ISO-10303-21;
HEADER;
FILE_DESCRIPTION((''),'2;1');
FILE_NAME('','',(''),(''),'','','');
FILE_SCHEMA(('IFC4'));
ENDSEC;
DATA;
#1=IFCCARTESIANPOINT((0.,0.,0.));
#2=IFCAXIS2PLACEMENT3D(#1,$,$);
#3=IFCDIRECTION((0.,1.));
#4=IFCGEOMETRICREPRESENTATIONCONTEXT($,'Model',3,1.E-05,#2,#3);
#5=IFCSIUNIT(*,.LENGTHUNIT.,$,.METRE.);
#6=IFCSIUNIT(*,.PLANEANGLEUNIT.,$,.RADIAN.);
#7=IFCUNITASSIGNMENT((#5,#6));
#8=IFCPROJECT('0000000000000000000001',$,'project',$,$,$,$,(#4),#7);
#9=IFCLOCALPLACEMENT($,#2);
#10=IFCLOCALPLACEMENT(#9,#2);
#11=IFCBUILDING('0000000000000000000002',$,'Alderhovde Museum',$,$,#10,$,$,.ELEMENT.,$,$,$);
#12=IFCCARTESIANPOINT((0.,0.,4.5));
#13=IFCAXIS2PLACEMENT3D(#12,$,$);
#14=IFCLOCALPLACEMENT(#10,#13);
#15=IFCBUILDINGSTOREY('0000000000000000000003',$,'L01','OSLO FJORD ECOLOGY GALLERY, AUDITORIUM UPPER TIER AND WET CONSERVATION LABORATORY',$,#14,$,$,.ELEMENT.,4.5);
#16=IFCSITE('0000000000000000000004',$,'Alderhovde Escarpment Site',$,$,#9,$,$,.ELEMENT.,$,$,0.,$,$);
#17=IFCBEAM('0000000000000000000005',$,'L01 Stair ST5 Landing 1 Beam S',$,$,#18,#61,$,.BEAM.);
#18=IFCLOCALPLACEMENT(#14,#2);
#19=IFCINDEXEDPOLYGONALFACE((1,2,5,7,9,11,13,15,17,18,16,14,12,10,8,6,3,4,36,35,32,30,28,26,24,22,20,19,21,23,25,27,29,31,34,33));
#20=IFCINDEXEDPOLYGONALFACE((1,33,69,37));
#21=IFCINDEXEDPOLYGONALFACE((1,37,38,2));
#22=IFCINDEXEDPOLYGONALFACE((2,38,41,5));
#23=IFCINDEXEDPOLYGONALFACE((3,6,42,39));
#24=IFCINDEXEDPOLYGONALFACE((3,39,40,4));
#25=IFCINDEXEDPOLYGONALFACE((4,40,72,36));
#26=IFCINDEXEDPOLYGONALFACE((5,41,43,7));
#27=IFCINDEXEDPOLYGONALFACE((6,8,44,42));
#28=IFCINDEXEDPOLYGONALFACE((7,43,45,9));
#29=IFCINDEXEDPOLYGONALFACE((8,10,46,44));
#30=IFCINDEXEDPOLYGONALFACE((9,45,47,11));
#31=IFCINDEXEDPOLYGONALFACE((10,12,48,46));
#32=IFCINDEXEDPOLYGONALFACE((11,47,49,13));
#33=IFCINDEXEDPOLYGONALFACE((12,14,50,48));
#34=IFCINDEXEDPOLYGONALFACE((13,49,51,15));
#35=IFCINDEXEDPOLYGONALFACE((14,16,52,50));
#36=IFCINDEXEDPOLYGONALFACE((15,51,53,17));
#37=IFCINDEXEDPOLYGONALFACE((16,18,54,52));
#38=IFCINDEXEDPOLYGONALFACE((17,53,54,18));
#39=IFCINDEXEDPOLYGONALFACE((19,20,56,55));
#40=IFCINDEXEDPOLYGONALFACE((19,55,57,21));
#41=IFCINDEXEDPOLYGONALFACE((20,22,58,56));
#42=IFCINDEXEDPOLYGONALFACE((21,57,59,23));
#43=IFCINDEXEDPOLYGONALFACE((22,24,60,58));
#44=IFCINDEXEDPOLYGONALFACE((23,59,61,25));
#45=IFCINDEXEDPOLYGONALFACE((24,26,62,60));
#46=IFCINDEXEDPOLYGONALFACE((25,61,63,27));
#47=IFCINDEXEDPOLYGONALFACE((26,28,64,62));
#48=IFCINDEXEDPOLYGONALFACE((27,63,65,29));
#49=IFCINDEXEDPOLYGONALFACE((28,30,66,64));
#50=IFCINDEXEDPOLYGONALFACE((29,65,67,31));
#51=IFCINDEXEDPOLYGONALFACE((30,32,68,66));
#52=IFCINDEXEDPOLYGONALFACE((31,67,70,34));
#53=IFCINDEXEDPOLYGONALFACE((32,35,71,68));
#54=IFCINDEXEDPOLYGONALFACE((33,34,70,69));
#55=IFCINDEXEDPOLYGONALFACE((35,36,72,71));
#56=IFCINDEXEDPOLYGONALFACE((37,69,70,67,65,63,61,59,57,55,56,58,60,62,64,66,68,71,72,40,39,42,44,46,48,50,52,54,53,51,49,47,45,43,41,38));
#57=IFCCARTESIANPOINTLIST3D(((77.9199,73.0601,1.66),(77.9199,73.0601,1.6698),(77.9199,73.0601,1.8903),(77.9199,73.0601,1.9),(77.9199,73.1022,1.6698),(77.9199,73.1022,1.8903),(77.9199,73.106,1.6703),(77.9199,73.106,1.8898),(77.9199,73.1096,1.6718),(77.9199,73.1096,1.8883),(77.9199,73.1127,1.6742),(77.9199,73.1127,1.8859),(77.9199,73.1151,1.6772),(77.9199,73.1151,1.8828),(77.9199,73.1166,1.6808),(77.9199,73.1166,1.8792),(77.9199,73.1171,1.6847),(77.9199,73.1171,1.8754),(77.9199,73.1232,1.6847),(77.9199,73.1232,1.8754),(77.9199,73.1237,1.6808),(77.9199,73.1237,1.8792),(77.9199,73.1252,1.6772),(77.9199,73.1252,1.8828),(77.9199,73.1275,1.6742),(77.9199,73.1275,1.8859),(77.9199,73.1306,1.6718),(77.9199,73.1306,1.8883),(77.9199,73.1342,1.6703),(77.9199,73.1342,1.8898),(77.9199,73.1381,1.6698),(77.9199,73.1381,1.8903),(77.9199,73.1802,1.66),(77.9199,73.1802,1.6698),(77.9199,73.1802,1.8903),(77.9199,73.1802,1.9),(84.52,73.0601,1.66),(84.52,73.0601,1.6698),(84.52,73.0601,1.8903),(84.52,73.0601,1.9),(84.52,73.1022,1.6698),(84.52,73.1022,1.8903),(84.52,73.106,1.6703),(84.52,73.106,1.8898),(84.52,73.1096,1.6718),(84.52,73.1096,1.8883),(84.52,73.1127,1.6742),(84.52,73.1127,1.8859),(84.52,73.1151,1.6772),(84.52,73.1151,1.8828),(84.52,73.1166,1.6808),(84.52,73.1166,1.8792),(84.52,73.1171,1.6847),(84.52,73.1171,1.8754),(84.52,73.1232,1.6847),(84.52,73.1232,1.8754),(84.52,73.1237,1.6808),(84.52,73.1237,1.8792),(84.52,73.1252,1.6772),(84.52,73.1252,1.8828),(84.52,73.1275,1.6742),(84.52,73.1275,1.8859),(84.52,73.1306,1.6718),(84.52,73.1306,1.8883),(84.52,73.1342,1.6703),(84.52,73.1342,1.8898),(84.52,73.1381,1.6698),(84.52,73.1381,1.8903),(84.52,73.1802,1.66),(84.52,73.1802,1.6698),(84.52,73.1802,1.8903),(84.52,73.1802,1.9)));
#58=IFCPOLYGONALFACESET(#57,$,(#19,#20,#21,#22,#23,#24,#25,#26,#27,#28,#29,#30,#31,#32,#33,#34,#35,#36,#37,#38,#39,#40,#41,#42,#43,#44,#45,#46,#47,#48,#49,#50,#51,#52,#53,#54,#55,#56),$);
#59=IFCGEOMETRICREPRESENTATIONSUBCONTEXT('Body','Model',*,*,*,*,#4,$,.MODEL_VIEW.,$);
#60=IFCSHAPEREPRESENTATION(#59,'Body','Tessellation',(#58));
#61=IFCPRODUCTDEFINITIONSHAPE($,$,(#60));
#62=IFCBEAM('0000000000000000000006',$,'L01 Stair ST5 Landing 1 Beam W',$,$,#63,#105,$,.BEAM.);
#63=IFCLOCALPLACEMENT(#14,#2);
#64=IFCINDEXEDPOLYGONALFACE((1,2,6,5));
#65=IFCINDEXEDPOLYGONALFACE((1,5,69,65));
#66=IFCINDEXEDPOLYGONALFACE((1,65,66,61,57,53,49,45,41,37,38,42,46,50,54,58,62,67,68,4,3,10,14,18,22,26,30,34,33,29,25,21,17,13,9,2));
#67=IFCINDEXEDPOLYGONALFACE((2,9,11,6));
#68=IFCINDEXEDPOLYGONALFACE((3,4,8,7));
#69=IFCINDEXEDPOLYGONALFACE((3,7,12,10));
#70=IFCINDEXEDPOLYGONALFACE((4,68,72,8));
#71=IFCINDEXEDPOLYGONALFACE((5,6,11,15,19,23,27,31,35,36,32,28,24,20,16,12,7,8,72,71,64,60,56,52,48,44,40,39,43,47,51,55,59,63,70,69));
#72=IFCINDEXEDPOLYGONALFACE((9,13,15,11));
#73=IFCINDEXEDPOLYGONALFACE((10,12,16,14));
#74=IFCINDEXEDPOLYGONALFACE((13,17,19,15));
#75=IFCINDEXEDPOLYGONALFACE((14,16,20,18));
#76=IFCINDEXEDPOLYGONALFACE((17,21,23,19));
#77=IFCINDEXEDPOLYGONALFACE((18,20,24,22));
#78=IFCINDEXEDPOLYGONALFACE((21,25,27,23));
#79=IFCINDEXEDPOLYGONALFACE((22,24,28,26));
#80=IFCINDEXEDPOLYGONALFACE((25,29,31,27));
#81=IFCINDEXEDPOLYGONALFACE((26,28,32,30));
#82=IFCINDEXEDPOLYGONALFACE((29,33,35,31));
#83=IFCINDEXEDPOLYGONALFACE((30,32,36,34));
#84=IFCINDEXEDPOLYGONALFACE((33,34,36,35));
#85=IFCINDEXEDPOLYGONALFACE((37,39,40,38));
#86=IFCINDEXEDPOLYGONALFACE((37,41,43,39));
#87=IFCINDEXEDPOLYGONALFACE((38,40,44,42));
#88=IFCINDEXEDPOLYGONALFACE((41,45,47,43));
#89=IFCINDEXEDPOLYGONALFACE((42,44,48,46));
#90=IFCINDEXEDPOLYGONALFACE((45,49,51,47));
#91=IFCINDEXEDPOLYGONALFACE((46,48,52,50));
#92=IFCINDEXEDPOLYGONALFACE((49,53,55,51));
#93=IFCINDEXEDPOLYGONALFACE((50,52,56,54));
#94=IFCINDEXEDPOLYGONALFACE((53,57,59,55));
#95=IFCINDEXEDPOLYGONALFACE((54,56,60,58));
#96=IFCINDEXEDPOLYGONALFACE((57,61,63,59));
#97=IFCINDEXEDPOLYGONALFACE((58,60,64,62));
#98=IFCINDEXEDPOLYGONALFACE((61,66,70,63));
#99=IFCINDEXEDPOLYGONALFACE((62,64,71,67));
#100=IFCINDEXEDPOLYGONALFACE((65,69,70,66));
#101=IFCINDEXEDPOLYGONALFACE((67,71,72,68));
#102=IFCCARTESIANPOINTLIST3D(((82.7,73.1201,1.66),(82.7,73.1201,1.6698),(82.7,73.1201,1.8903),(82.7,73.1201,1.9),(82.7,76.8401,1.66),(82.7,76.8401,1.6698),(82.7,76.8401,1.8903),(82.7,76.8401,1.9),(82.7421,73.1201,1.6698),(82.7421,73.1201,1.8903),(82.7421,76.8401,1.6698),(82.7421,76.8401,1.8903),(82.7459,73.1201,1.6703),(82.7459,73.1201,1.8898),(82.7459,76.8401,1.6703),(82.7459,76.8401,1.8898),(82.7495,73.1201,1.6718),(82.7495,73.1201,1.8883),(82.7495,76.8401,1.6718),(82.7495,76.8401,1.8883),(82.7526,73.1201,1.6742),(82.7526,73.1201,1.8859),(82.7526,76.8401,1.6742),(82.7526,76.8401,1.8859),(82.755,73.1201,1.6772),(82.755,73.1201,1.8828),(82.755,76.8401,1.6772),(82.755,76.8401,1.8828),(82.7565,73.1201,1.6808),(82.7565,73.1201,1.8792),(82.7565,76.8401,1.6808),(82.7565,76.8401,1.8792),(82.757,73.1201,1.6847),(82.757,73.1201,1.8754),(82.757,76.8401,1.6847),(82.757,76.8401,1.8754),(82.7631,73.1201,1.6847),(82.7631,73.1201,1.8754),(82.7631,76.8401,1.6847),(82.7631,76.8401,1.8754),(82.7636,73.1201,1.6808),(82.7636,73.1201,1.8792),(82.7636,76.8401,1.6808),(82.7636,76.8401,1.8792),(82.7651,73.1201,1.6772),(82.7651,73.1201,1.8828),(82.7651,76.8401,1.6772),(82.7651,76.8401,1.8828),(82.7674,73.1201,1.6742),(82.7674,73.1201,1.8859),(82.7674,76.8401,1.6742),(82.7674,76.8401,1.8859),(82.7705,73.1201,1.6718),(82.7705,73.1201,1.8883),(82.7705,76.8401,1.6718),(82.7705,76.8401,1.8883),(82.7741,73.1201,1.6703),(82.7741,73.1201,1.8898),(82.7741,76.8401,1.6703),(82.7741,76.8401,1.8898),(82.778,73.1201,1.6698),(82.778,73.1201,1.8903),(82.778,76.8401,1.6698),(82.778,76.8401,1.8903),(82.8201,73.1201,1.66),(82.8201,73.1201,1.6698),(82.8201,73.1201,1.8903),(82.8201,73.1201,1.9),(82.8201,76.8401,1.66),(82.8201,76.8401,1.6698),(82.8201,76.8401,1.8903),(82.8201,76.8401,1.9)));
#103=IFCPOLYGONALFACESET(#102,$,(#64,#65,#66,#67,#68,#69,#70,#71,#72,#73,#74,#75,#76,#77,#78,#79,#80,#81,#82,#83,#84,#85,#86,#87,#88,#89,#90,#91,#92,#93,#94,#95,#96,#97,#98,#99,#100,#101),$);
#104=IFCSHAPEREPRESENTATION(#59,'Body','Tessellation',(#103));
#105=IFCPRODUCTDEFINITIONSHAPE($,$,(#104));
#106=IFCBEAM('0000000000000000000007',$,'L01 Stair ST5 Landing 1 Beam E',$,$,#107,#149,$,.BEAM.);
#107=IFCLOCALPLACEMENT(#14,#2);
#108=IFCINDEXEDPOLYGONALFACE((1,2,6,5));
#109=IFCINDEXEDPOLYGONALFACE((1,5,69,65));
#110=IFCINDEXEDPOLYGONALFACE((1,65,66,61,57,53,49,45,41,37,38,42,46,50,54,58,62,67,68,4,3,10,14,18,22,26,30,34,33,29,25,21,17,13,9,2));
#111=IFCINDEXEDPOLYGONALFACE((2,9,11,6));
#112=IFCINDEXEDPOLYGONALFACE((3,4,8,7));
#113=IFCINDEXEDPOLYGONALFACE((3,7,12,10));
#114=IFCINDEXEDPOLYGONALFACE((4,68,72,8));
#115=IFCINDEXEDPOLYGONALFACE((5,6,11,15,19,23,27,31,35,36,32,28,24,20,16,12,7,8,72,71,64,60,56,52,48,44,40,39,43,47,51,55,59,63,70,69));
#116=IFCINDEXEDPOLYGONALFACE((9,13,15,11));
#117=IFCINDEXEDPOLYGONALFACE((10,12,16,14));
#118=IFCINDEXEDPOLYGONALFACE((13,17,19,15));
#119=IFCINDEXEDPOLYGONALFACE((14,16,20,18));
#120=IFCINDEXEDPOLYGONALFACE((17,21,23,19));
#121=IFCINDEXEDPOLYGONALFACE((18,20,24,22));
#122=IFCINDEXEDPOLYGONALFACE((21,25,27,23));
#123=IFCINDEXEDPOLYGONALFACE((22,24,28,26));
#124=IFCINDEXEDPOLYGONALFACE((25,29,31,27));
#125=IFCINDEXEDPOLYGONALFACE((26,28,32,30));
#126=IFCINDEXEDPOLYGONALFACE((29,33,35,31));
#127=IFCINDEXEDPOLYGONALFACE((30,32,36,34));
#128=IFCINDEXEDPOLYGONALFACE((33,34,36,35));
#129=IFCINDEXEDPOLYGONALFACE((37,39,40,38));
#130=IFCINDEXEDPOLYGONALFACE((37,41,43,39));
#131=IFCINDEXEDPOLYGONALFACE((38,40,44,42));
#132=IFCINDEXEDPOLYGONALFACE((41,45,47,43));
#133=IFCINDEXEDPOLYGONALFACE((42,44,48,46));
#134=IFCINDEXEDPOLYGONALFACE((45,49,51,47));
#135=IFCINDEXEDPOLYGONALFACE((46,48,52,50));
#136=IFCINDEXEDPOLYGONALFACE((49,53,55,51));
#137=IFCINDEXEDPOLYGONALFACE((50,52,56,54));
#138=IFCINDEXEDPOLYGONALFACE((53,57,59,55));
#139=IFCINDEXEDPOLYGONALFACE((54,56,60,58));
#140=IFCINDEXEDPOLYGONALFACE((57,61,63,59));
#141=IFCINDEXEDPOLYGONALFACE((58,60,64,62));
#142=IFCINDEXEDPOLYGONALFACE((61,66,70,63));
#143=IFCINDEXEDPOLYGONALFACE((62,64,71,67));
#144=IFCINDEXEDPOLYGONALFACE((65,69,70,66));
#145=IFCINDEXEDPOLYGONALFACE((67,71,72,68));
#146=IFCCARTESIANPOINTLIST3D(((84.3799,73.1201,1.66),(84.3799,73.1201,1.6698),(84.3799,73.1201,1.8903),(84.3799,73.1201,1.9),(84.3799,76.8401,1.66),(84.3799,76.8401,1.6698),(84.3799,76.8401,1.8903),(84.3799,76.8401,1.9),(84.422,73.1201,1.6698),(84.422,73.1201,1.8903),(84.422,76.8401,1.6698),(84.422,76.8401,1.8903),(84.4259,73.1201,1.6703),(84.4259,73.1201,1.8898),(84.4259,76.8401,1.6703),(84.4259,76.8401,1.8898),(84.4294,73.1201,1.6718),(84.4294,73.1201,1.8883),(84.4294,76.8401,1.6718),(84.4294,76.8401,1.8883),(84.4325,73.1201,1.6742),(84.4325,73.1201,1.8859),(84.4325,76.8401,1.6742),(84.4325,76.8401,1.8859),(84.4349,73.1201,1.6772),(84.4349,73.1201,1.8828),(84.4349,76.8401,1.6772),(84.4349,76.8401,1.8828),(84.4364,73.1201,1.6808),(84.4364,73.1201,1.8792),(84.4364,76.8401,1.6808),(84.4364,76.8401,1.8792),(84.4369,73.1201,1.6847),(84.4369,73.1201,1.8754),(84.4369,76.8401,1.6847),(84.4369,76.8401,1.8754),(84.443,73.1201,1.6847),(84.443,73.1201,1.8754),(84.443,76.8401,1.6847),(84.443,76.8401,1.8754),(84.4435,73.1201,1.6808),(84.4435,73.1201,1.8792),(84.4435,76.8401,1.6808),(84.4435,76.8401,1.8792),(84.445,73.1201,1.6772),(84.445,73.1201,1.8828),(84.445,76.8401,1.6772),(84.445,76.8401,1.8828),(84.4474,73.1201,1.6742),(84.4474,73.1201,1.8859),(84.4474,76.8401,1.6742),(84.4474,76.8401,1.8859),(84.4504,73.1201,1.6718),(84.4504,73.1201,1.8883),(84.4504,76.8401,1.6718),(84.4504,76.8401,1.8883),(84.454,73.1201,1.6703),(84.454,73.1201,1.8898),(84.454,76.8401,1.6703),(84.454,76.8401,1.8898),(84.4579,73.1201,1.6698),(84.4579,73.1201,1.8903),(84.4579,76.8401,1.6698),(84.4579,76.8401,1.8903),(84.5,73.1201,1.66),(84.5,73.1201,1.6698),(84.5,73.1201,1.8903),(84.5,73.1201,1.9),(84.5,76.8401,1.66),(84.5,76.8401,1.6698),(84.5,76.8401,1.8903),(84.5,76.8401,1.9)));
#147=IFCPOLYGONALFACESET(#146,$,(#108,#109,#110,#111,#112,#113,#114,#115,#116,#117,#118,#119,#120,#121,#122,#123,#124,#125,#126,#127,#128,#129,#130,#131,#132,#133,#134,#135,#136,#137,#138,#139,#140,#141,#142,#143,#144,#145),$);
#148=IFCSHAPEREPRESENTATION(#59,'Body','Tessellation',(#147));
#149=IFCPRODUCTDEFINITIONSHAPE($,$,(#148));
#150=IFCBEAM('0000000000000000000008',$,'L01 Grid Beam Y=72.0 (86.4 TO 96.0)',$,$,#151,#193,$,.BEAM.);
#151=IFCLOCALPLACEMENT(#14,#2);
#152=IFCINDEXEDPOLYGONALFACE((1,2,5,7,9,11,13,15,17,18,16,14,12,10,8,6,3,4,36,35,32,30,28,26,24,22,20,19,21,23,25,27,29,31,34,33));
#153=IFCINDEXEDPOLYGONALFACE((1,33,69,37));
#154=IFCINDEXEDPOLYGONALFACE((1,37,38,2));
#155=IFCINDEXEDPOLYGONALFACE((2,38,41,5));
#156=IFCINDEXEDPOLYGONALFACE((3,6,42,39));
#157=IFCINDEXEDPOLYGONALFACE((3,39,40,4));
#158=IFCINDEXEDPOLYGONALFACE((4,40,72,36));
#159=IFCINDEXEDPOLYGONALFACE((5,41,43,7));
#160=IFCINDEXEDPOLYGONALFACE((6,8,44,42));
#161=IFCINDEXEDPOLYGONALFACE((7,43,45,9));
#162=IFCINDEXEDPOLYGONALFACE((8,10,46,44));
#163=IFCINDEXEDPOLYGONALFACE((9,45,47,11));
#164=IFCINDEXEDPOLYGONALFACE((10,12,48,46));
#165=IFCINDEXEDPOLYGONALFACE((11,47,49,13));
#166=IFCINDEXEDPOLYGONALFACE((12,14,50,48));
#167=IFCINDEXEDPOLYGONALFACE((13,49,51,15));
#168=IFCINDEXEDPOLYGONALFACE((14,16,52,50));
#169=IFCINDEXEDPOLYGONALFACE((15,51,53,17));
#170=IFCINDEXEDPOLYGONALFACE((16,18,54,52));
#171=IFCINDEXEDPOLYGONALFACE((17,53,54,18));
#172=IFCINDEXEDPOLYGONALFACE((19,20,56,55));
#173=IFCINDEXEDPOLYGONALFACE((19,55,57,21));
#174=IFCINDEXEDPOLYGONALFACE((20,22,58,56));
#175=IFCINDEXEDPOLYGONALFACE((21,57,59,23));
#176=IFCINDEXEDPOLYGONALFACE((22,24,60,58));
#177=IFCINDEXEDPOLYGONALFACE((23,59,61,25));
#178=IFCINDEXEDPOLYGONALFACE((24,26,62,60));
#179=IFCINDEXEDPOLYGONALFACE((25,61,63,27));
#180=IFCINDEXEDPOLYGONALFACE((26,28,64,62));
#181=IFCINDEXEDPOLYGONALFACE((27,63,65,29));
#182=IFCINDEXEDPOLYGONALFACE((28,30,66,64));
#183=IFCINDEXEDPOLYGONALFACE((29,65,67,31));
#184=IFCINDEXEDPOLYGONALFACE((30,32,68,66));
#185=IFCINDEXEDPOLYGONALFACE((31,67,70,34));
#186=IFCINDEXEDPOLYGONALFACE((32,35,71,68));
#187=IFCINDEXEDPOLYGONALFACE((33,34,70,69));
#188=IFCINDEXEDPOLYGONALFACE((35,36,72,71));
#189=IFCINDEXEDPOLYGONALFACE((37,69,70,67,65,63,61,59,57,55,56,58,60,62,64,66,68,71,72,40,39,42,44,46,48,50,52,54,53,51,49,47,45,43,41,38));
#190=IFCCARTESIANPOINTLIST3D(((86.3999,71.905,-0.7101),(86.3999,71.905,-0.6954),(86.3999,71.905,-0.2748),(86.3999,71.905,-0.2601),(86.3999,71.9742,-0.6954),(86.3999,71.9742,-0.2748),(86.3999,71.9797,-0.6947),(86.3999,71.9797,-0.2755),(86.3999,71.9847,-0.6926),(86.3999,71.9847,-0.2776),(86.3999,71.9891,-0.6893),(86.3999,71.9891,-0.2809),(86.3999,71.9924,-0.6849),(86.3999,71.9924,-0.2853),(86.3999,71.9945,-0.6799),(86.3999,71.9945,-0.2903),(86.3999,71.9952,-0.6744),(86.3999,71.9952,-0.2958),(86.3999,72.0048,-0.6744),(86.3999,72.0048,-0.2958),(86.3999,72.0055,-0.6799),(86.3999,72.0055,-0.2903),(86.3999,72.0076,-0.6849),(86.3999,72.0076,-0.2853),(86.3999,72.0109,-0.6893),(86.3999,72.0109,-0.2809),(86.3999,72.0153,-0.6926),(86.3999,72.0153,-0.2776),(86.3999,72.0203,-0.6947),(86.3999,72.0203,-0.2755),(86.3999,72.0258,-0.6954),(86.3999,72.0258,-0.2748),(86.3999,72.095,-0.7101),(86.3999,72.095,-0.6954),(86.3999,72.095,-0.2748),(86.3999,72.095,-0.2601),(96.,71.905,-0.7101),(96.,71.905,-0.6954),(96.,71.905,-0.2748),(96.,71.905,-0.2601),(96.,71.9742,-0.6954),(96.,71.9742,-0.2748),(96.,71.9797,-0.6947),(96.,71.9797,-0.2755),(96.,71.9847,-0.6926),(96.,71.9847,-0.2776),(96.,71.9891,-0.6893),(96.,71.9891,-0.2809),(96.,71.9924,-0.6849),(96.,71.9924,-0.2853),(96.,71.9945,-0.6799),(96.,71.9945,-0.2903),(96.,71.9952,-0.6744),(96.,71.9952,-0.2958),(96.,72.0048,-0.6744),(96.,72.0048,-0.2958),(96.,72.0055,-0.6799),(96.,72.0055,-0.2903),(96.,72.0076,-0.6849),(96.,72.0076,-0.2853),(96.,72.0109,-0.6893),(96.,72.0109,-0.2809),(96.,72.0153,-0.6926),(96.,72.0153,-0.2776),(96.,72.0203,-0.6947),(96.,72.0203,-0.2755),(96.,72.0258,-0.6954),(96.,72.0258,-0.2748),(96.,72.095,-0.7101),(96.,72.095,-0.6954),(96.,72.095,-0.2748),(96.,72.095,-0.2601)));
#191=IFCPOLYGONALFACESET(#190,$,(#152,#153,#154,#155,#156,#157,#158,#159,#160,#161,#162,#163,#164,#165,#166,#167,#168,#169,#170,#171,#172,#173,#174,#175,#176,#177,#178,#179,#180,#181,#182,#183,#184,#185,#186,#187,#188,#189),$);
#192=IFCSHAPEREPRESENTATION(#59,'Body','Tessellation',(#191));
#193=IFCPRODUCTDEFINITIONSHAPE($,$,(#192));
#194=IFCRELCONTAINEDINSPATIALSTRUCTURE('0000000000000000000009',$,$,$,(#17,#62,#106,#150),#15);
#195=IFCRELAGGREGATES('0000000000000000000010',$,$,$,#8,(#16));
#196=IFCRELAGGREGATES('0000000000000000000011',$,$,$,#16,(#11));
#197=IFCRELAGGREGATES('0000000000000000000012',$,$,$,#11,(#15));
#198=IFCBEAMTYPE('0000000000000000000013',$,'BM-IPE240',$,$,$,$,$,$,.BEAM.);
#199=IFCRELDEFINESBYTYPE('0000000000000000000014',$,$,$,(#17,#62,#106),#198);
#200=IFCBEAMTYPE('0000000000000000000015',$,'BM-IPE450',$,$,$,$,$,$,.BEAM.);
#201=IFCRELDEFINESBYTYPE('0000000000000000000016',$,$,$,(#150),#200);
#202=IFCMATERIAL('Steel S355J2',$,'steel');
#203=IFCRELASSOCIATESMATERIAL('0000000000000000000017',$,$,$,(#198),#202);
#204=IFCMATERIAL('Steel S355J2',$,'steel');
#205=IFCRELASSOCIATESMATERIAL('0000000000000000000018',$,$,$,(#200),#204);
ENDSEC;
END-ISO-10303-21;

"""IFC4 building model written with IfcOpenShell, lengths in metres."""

from ifc_helpers import new_model, si_unit, direction, frame, origin, origin_2d, place, context, subcontext, project, spatial, i_section, extrude, material, material_profile, profile_set, type_object, element, save


model = new_model("IFC4")

# Units and contexts
model_context = context("Model", 3, precision=1e-05, world=origin(), true_north=direction((0.0, 1.0)))
body_context = subcontext(model_context, "Body", "Model", "MODEL_VIEW")
ifc_project = project(units=[si_unit("LENGTHUNIT", "METRE"), si_unit("PLANEANGLEUNIT", "RADIAN")], contexts=[model_context])

# Site, building, storey
site_placement = place(None, origin())
site = spatial("IfcSite", under=ifc_project, at=site_placement, Name="Alderhovde Escarpment Site", CompositionType="ELEMENT", RefElevation=0.0)
building_placement = place(site_placement, origin())
building = spatial("IfcBuilding", under=site, at=building_placement, Name="Alderhovde Museum", CompositionType="ELEMENT")
storey_placement = place(building_placement, frame((0.0, 0.0, 4.5)))
storey = spatial("IfcBuildingStorey", under=building, at=storey_placement, Name="L01", Description="OSLO FJORD ECOLOGY GALLERY, AUDITORIUM UPPER TIER AND WET CONSERVATION LABORATORY", CompositionType="ELEMENT", Elevation=4.5)

# Beams
ifc_material_1 = material(Name="Steel S355J2", Category="steel")
ifc_material_profile_1 = material_profile(ifc_material_1, i_section(OverallWidth=0.1201, OverallDepth=0.24, WebThickness=0.0061, FlangeThickness=0.0098, FilletRadius=0.0149, at=origin_2d()), Name="IPE 240")
ifc_profile_set_1 = profile_set([ifc_material_profile_1], Name="Steel S355J2")
beam_type_1 = type_object("IfcBeamType", Name="BM-IPE240", PredefinedType="BEAM", material=ifc_profile_set_1)
beam_1_placement = place(storey_placement, frame((77.9199, 73.1201, 1.78), z_axis=(1.0, 0.0, 0.0), x_axis=(0.0, 1.0, 0.0)))
element("IfcBeam", 1, at=beam_1_placement, inside=storey, type_object=beam_type_1, Name="L01 Stair ST5 Landing 1 Beam S", PredefinedType="BEAM", context=body_context, shape_type="SweptSolid", body=[
    extrude(i_section(OverallWidth=0.1201, OverallDepth=0.24, WebThickness=0.0061, FlangeThickness=0.0098, FilletRadius=0.0149, at=origin_2d()), origin(), (0.0, 0.0, 1.0), 6.6001),
])
for number, where, z_axis, x_axis, name in (
    (2, (82.76, 73.1201, 1.78), (0.0, 1.0, 0.0), (-1.0, 0.0, 0.0), "L01 Stair ST5 Landing 1 Beam W"),
    (3, (84.4399, 73.1201, 1.78), (0.0, 1.0, 0.0), (-1.0, 0.0, 0.0), "L01 Stair ST5 Landing 1 Beam E"),
):
    element("IfcBeam", number, at=place(storey_placement, frame(where, z_axis=z_axis, x_axis=x_axis)), inside=storey, type_object=beam_type_1, Name=name, PredefinedType="BEAM", context=body_context, shape_type="SweptSolid", body=[
        extrude(i_section(OverallWidth=0.1201, OverallDepth=0.24, WebThickness=0.0061, FlangeThickness=0.0098, FilletRadius=0.0149, at=origin_2d()), origin(), (0.0, 0.0, 1.0), 3.72),
    ])
ifc_material_2 = material(Name="Steel S355J2", Category="steel")
ifc_material_profile_2 = material_profile(ifc_material_2, i_section(OverallWidth=0.1899, OverallDepth=0.45, WebThickness=0.0095, FlangeThickness=0.0146, FilletRadius=0.021, at=origin_2d()), Name="IPE 450")
ifc_profile_set_2 = profile_set([ifc_material_profile_2], Name="Steel S355J2")
beam_type_2 = type_object("IfcBeamType", Name="BM-IPE450", PredefinedType="BEAM", material=ifc_profile_set_2)
beam_2_placement = place(storey_placement, frame((86.3999, 72.0, -0.4851), z_axis=(1.0, 0.0, 0.0), x_axis=(0.0, 1.0, 0.0)))
element("IfcBeam", 4, at=beam_2_placement, inside=storey, type_object=beam_type_2, Name="L01 Grid Beam Y=72.0 (86.4 TO 96.0)", PredefinedType="BEAM", context=body_context, shape_type="SweptSolid", body=[
    extrude(i_section(OverallWidth=0.1899, OverallDepth=0.45, WebThickness=0.0095, FlangeThickness=0.0146, FilletRadius=0.021, at=origin_2d()), origin(), (0.0, 0.0, 1.0), 9.6001),
])

save(model, "model.ifc")
